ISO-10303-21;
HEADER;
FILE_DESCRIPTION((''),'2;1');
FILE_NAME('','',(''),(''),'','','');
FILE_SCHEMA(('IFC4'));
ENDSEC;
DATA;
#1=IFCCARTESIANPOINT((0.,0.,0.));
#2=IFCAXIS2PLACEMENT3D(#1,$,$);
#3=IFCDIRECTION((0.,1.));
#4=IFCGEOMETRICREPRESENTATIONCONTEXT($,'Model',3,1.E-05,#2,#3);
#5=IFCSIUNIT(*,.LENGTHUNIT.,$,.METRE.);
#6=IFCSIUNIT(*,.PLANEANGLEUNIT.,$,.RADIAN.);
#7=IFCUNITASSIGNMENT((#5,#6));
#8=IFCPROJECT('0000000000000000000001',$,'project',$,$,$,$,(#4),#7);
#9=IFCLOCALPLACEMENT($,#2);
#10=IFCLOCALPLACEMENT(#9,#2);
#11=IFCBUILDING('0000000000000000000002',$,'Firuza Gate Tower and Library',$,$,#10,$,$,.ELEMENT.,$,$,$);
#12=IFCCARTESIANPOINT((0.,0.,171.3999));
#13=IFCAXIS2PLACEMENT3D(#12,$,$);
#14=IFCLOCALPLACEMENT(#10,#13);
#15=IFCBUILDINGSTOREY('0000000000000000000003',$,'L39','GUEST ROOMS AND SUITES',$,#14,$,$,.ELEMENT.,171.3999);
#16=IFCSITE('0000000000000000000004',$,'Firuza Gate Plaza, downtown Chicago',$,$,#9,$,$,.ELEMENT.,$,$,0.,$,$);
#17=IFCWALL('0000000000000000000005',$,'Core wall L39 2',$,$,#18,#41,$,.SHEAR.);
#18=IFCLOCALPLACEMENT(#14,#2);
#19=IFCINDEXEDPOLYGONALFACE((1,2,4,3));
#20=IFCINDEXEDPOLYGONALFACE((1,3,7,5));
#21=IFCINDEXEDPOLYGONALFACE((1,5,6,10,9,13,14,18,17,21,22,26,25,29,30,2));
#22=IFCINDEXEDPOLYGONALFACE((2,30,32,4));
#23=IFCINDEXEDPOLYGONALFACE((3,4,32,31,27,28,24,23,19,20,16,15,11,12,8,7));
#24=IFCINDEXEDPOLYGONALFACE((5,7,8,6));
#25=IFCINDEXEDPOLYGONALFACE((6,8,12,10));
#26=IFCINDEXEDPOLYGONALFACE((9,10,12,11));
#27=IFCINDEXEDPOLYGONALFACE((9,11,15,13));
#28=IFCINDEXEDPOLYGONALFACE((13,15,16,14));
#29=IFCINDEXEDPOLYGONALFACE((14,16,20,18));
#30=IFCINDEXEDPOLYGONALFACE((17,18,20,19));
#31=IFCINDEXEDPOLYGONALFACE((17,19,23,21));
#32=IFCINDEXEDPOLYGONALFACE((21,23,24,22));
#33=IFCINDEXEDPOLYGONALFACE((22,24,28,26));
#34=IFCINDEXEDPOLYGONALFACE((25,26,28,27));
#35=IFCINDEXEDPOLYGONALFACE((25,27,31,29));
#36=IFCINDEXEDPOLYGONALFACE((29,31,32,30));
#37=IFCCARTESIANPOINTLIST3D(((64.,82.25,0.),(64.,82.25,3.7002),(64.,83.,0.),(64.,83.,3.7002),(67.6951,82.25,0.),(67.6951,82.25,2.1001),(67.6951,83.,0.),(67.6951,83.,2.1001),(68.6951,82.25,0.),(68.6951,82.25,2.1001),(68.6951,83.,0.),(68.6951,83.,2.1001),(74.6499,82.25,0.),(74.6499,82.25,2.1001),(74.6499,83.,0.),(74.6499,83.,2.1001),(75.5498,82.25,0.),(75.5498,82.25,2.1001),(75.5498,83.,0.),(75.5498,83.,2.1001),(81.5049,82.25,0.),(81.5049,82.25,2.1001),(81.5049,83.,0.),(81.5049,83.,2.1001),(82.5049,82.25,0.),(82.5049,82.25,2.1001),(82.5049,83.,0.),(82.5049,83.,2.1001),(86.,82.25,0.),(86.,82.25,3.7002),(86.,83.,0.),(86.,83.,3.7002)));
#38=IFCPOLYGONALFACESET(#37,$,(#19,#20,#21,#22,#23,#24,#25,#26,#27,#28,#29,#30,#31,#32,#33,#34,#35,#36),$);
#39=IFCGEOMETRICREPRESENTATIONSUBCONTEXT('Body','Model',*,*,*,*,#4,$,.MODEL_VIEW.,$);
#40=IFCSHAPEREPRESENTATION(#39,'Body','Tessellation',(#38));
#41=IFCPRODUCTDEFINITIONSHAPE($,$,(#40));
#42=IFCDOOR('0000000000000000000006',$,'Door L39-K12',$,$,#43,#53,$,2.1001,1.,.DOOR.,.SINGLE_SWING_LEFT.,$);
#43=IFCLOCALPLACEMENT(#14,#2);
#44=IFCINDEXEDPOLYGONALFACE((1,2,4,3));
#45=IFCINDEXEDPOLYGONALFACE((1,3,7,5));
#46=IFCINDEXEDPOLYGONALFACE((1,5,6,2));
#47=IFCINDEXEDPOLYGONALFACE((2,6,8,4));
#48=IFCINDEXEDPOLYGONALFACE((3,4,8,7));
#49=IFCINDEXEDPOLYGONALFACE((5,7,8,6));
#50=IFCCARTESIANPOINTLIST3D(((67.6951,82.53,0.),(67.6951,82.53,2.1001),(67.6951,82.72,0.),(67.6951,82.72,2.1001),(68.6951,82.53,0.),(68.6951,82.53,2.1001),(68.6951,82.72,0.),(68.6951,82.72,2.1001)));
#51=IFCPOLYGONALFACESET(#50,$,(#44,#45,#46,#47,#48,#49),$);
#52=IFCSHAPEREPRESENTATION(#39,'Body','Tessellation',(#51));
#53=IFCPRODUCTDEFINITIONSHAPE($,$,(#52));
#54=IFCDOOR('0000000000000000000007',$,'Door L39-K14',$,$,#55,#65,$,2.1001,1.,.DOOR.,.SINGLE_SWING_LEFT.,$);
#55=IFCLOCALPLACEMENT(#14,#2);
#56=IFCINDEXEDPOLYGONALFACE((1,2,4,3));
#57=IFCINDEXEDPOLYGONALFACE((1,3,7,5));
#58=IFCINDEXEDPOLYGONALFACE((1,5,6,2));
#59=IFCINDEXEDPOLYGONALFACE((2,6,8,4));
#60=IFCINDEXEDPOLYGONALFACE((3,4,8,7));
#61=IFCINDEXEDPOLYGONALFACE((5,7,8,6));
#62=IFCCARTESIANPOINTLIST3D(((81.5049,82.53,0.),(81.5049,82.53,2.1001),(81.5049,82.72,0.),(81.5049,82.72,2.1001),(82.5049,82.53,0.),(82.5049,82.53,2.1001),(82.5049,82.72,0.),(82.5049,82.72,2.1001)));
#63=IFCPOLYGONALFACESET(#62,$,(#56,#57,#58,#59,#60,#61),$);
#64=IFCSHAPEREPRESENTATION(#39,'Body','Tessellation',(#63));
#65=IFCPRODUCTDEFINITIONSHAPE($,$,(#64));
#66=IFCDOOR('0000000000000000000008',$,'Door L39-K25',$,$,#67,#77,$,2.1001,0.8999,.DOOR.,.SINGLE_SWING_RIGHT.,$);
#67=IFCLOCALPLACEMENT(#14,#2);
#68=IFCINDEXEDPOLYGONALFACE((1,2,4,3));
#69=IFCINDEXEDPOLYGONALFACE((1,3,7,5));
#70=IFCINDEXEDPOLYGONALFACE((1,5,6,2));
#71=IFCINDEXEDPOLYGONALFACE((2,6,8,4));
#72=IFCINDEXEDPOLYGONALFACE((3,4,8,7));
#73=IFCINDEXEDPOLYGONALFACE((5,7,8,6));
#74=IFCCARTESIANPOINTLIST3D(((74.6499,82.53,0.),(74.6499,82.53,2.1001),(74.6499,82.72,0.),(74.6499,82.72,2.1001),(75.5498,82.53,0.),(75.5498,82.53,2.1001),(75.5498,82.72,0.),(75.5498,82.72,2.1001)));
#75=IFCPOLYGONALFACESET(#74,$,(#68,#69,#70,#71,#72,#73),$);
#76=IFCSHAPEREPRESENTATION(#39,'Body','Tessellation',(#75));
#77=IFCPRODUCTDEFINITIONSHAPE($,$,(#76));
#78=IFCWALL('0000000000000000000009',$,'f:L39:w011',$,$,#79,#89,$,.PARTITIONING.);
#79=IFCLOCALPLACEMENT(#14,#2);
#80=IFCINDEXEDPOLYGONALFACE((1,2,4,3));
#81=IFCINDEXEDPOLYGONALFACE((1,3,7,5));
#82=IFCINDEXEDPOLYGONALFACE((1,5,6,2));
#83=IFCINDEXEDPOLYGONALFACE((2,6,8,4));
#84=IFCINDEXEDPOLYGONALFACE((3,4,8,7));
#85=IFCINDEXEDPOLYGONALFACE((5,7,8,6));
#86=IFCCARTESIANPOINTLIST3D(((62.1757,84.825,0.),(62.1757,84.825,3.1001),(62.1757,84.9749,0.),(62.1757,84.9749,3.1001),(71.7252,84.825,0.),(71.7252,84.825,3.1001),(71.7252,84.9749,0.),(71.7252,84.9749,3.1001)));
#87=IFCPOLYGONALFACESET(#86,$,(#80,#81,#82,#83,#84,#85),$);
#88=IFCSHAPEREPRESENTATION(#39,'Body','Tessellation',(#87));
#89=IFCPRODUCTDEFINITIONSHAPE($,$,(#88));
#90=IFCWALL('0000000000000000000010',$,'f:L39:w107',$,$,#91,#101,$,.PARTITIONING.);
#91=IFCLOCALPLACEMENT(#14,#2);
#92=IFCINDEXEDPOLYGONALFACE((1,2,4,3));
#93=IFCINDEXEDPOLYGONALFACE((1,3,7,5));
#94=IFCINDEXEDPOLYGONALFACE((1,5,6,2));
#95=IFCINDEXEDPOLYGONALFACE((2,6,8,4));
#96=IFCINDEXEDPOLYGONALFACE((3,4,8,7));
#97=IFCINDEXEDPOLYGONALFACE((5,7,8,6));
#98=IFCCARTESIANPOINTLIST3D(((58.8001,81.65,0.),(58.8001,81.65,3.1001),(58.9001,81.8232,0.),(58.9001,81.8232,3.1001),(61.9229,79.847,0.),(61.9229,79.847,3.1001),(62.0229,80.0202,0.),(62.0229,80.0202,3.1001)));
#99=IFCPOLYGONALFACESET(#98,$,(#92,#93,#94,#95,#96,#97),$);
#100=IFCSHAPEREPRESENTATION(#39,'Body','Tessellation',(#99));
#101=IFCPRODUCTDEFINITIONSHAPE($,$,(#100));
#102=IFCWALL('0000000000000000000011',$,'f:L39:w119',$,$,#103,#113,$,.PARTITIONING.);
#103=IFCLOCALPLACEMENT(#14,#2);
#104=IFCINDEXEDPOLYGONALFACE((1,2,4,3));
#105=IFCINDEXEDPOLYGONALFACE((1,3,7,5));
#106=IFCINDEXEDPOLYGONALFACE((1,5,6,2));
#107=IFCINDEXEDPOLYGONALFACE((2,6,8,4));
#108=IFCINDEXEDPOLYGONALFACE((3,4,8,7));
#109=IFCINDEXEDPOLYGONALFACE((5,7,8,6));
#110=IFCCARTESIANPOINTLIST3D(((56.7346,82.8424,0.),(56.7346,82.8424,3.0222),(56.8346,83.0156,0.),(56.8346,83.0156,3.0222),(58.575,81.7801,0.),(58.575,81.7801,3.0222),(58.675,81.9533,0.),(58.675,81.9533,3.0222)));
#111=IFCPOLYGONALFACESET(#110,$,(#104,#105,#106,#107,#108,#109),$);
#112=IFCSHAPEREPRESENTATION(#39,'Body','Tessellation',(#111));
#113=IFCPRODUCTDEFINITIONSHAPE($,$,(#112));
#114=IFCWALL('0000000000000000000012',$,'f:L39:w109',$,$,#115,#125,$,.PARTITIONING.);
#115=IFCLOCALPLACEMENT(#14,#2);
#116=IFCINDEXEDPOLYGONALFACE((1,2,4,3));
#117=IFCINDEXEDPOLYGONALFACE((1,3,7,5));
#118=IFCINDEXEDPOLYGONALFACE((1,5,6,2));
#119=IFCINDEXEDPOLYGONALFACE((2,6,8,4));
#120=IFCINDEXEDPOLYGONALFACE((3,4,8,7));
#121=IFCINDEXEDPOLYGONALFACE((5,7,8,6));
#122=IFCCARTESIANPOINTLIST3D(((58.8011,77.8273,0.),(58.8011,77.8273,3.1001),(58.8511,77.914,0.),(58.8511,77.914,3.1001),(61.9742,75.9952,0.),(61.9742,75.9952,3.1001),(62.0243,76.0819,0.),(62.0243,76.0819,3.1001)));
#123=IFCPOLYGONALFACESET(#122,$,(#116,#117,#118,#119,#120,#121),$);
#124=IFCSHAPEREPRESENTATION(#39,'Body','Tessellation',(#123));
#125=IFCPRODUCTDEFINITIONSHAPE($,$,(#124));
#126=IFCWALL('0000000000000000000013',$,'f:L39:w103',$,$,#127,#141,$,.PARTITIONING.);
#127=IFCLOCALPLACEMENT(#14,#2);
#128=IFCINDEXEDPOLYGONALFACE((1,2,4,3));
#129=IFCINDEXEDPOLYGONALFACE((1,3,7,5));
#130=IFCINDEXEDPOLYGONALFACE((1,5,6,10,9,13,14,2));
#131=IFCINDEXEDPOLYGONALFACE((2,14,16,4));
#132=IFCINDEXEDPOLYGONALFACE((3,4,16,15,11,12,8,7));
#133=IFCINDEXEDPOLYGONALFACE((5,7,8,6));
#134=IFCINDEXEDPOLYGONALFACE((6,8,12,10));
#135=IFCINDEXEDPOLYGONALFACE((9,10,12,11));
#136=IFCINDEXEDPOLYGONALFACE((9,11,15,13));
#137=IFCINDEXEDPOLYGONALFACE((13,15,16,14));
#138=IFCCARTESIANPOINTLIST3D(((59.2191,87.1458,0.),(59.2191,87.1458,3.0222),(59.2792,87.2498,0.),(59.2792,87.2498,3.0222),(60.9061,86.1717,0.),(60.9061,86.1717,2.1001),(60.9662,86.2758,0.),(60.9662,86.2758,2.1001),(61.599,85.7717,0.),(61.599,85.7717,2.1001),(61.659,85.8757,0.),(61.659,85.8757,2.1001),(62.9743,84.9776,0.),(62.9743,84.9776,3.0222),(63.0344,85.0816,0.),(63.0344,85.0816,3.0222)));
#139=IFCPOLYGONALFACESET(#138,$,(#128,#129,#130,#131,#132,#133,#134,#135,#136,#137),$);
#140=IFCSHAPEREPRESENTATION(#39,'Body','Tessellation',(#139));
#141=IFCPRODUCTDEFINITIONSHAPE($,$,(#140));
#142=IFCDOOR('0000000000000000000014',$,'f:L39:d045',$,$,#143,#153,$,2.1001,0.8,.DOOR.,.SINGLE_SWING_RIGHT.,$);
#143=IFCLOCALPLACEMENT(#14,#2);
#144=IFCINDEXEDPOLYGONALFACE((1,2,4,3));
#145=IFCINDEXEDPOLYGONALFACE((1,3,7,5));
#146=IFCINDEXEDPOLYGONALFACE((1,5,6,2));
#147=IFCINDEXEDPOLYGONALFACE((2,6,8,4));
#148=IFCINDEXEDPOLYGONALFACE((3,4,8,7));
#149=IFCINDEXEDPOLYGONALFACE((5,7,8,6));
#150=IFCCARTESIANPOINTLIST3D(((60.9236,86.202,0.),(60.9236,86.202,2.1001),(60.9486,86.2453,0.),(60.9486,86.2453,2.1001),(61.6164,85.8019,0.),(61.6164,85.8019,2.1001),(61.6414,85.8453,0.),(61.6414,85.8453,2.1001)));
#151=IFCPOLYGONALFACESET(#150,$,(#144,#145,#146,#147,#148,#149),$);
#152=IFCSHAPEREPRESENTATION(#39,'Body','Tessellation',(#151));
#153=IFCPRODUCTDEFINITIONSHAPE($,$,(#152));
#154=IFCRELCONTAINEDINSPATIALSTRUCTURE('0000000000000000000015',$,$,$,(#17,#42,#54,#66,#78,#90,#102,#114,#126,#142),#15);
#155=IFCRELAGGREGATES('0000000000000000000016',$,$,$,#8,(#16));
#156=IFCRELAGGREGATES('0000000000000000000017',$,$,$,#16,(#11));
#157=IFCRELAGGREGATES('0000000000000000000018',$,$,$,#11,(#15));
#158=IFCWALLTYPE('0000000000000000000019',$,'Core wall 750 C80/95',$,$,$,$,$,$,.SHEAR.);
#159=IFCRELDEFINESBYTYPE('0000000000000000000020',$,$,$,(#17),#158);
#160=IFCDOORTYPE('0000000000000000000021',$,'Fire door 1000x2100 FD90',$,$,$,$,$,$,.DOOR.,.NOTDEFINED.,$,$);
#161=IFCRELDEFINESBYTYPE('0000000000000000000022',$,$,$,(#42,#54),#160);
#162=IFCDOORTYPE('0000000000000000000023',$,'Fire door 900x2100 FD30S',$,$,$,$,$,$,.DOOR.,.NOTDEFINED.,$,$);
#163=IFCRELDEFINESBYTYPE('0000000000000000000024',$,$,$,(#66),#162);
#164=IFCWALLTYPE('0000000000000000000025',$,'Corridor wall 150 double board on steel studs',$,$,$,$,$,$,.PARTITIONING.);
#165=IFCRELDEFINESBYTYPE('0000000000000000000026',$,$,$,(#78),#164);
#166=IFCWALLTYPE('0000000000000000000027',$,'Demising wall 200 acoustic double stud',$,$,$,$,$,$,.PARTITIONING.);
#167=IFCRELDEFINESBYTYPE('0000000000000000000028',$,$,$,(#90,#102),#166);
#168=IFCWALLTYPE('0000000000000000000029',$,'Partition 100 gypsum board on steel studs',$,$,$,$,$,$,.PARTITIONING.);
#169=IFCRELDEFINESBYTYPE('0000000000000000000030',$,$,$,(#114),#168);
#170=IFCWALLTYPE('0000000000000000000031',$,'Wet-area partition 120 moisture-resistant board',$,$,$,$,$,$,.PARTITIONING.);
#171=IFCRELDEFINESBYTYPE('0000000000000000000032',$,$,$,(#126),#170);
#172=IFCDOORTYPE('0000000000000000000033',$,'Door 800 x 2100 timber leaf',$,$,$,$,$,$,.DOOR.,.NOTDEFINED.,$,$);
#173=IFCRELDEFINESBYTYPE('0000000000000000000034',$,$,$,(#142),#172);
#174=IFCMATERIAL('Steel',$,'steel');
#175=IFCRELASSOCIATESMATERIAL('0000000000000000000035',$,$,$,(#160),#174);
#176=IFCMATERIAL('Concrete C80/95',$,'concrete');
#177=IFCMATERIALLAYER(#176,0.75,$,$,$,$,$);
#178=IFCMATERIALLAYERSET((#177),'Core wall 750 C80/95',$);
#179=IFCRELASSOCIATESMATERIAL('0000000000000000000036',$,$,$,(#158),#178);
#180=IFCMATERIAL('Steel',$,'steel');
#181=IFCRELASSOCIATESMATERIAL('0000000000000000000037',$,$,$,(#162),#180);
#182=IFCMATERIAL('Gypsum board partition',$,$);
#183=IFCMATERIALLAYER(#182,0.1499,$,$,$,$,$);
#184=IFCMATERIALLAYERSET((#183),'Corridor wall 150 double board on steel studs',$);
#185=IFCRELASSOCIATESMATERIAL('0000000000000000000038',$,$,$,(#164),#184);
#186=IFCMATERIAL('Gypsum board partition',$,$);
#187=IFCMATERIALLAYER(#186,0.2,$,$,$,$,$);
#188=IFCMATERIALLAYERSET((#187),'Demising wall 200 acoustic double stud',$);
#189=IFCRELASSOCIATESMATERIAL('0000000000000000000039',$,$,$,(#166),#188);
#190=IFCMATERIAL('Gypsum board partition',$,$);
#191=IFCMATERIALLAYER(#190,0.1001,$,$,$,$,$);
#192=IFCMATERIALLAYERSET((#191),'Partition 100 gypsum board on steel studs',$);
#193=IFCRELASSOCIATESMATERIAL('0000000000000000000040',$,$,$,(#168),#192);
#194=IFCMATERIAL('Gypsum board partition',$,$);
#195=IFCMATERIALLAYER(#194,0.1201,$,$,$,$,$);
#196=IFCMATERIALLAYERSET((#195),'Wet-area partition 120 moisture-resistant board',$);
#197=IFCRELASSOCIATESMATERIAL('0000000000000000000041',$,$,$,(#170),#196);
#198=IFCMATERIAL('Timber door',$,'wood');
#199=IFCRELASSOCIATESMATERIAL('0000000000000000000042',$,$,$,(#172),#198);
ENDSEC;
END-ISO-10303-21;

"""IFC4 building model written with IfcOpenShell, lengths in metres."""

from ifc_helpers import new_model, si_unit, direction, frame, frame_2d, origin, place, context, subcontext, project, spatial, rectangle, extrude, material, layer, layer_set, type_object, element, fill, save


model = new_model("IFC4")

# Units and contexts
model_context = context("Model", 3, precision=1e-05, world=origin(), true_north=direction((0.0, 1.0)))
body_context = subcontext(model_context, "Body", "Model", "MODEL_VIEW")
ifc_project = project(units=[si_unit("LENGTHUNIT", "METRE"), si_unit("PLANEANGLEUNIT", "RADIAN")], contexts=[model_context])

# Site, building, storey
site_placement = place(None, origin())
site = spatial("IfcSite", under=ifc_project, at=site_placement, Name="Firuza Gate Plaza, downtown Chicago", CompositionType="ELEMENT", RefElevation=0.0)
building_placement = place(site_placement, origin())
building = spatial("IfcBuilding", under=site, at=building_placement, Name="Firuza Gate Tower and Library", CompositionType="ELEMENT")
storey_placement = place(building_placement, frame((0.0, 0.0, 171.3999)))
storey = spatial("IfcBuildingStorey", under=building, at=storey_placement, Name="L39", Description="GUEST ROOMS AND SUITES", CompositionType="ELEMENT", Elevation=171.3999)

# Shared definitions
ifc_material_1 = material(Name="Steel", Category="steel")
door_type_1 = type_object("IfcDoorType", Name="Fire door 1000x2100 FD90", OperationType="NOTDEFINED", PredefinedType="DOOR", material=ifc_material_1)

# Wall, openings, doors
ifc_material_2 = material(Name="Concrete C80/95", Category="concrete")
ifc_layer_1 = layer(ifc_material_2, 0.75)
ifc_layer_set_1 = layer_set([ifc_layer_1], Name="Core wall 750 C80/95")
wall_type_1 = type_object("IfcWallType", Name="Core wall 750 C80/95", PredefinedType="SHEAR", material=ifc_layer_set_1)
wall_1_placement = place(storey_placement, frame((64.0, 82.625, 0.0), z_axis=(0.0, 0.0, 1.0), x_axis=(1.0, 0.0, 0.0)))
wall_1 = element("IfcWall", 1, at=wall_1_placement, inside=storey, type_object=wall_type_1, Name="Core wall L39 2", PredefinedType="SHEAR", context=body_context, shape_type="SweptSolid", body=[
    extrude(rectangle(XDim=22.0, YDim=0.75, at=frame_2d((11.0, 0.0))), origin(), (0.0, 0.0, 1.0), 3.7002),
])
opening_1_placement = place(wall_1_placement, frame((3.6951, 0.0, 0.0)))
opening_1 = element("IfcOpeningElement", 2, at=opening_1_placement, cuts=wall_1, PredefinedType="OPENING", context=body_context, shape_type="SweptSolid", body=[
    extrude(rectangle(XDim=1.0, YDim=2.1001, at=frame_2d((0.5, 1.05))), frame((0.0, 0.385, 0.0), z_axis=(0.0, -1.0, 0.0), x_axis=(1.0, 0.0, 0.0)), (0.0, 0.0, 1.0), 0.77),
])
opening_2_placement = place(wall_1_placement, frame((17.5049, 0.0, 0.0)))
opening_2 = element("IfcOpeningElement", 3, at=opening_2_placement, cuts=wall_1, PredefinedType="OPENING", context=body_context, shape_type="SweptSolid", body=[
    extrude(rectangle(XDim=1.0, YDim=2.1001, at=frame_2d((0.5, 1.05))), frame((0.0, 0.385, 0.0), z_axis=(0.0, -1.0, 0.0), x_axis=(1.0, 0.0, 0.0)), (0.0, 0.0, 1.0), 0.77),
])
opening_3_placement = place(wall_1_placement, frame((10.6499, 0.0, 0.0)))
opening_3 = element("IfcOpeningElement", 4, at=opening_3_placement, cuts=wall_1, PredefinedType="OPENING", context=body_context, shape_type="SweptSolid", body=[
    extrude(rectangle(XDim=0.8999, YDim=2.1001, at=frame_2d((0.45, 1.05))), frame((0.0, 0.385, 0.0), z_axis=(0.0, -1.0, 0.0), x_axis=(1.0, 0.0, 0.0)), (0.0, 0.0, 1.0), 0.77),
])
door_1_placement = place(opening_1_placement, origin())
door_1 = element("IfcDoor", 5, at=door_1_placement, inside=storey, type_object=door_type_1, Name="Door L39-K12", OperationType="SINGLE_SWING_LEFT", OverallHeight=2.1001, OverallWidth=1.0, PredefinedType="DOOR", context=body_context, shape_type="SweptSolid", body=[
    extrude(rectangle(XDim=1.0, YDim=2.1001, at=frame_2d((0.5, 1.05))), frame((0.0, 0.095, 0.0), z_axis=(0.0, -1.0, 0.0), x_axis=(1.0, 0.0, 0.0)), (0.0, 0.0, 1.0), 0.1899),
])
fill(opening_1, door_1)
door_2_placement = place(opening_2_placement, origin())
door_2 = element("IfcDoor", 6, at=door_2_placement, inside=storey, type_object=door_type_1, Name="Door L39-K14", OperationType="SINGLE_SWING_LEFT", OverallHeight=2.1001, OverallWidth=1.0, PredefinedType="DOOR", context=body_context, shape_type="SweptSolid", body=[
    extrude(rectangle(XDim=1.0, YDim=2.1001, at=frame_2d((0.5, 1.05))), frame((0.0, 0.095, 0.0), z_axis=(0.0, -1.0, 0.0), x_axis=(1.0, 0.0, 0.0)), (0.0, 0.0, 1.0), 0.1899),
])
fill(opening_2, door_2)
ifc_material_3 = material(Name="Steel", Category="steel")
door_type_2 = type_object("IfcDoorType", Name="Fire door 900x2100 FD30S", OperationType="NOTDEFINED", PredefinedType="DOOR", material=ifc_material_3)
door_3_placement = place(opening_3_placement, origin())
door_3 = element("IfcDoor", 7, at=door_3_placement, inside=storey, type_object=door_type_2, Name="Door L39-K25", OperationType="SINGLE_SWING_RIGHT", OverallHeight=2.1001, OverallWidth=0.8999, PredefinedType="DOOR", context=body_context, shape_type="SweptSolid", body=[
    extrude(rectangle(XDim=0.8999, YDim=2.1001, at=frame_2d((0.45, 1.05))), frame((0.0, 0.095, 0.0), z_axis=(0.0, -1.0, 0.0), x_axis=(1.0, 0.0, 0.0)), (0.0, 0.0, 1.0), 0.1899),
])
fill(opening_3, door_3)

# Walls
ifc_material_4 = material(Name="Gypsum board partition")
ifc_layer_2 = layer(ifc_material_4, 0.1499)
ifc_layer_set_2 = layer_set([ifc_layer_2], Name="Corridor wall 150 double board on steel studs")
wall_type_2 = type_object("IfcWallType", Name="Corridor wall 150 double board on steel studs", PredefinedType="PARTITIONING", material=ifc_layer_set_2)
wall_2_placement = place(storey_placement, frame((62.1755, 84.8999, 0.0), z_axis=(0.0, 0.0, 1.0), x_axis=(1.0, 0.0, 0.0)))
element("IfcWall", 8, at=wall_2_placement, inside=storey, type_object=wall_type_2, Name="f:L39:w011", PredefinedType="PARTITIONING", context=body_context, shape_type="SweptSolid", body=[
    extrude(rectangle(XDim=9.5496, YDim=0.1499, at=frame_2d((4.7749, 0.0))), origin(), (0.0, 0.0, 1.0), 3.1001),
])
ifc_material_5 = material(Name="Gypsum board partition")
ifc_layer_3 = layer(ifc_material_5, 0.2)
ifc_layer_set_3 = layer_set([ifc_layer_3], Name="Demising wall 200 acoustic double stud")
wall_type_3 = type_object("IfcWallType", Name="Demising wall 200 acoustic double stud", PredefinedType="PARTITIONING", material=ifc_layer_set_3)
wall_3_placement = place(storey_placement, frame((61.9729, 79.9336, 0.0), z_axis=(0.0, 0.0, 1.0), x_axis=(-0.866022, 0.500006, 0.0)))
element("IfcWall", 9, at=wall_3_placement, inside=storey, type_object=wall_type_3, Name="f:L39:w107", PredefinedType="PARTITIONING", context=body_context, shape_type="SweptSolid", body=[
    extrude(rectangle(XDim=3.606, YDim=0.2, at=frame_2d((1.803, 0.0))), origin(), (0.0, 0.0, 1.0), 3.1001),
])
wall_4_placement = place(storey_placement, frame((58.625, 81.8667, 0.0), z_axis=(0.0, 0.0, 1.0), x_axis=(-0.866078, 0.499908, 0.0)))
element("IfcWall", 10, at=wall_4_placement, inside=storey, type_object=wall_type_3, Name="f:L39:w119", PredefinedType="PARTITIONING", context=body_context, shape_type="SweptSolid", body=[
    extrude(rectangle(XDim=2.125, YDim=0.2, at=frame_2d((1.0625, 0.0))), origin(), (0.0, 0.0, 1.0), 3.0222),
])
ifc_material_6 = material(Name="Gypsum board partition")
ifc_layer_4 = layer(ifc_material_6, 0.1001)
ifc_layer_set_4 = layer_set([ifc_layer_4], Name="Partition 100 gypsum board on steel studs")
wall_type_4 = type_object("IfcWallType", Name="Partition 100 gypsum board on steel studs", PredefinedType="PARTITIONING", material=ifc_layer_set_4)
wall_5_placement = place(storey_placement, frame((61.9993, 76.0386, 0.0), z_axis=(0.0, 0.0, 1.0), x_axis=(-0.86602, 0.500009, 0.0)))
element("IfcWall", 11, at=wall_5_placement, inside=storey, type_object=wall_type_4, Name="f:L39:w109", PredefinedType="PARTITIONING", context=body_context, shape_type="SweptSolid", body=[
    extrude(rectangle(XDim=3.6641, YDim=0.1001, at=frame_2d((1.832, 0.0))), origin(), (0.0, 0.0, 1.0), 3.1001),
])

# Wall, opening, door
ifc_material_7 = material(Name="Gypsum board partition")
ifc_layer_5 = layer(ifc_material_7, 0.1201)
ifc_layer_set_5 = layer_set([ifc_layer_5], Name="Wet-area partition 120 moisture-resistant board")
wall_type_5 = type_object("IfcWallType", Name="Wet-area partition 120 moisture-resistant board", PredefinedType="PARTITIONING", material=ifc_layer_set_5)
wall_6_placement = place(storey_placement, frame((59.2493, 87.1978, 0.0), z_axis=(0.0, 0.0, 1.0), x_axis=(0.866006, -0.500033, 0.0)))
wall_6 = element("IfcWall", 12, at=wall_6_placement, inside=storey, type_object=wall_type_5, Name="f:L39:w103", PredefinedType="PARTITIONING", context=body_context, shape_type="SweptSolid", body=[
    extrude(rectangle(XDim=4.3362, YDim=0.1201, at=frame_2d((2.168, 0.0))), origin(), (0.0, 0.0, 1.0), 3.0222),
])
opening_4_placement = place(wall_6_placement, frame((1.948, 0.0, 0.0)))
opening_4 = element("IfcOpeningElement", 13, at=opening_4_placement, cuts=wall_6, PredefinedType="OPENING", context=body_context, shape_type="SweptSolid", body=[
    extrude(rectangle(XDim=0.8, YDim=2.1001, at=frame_2d((0.3999, 1.05))), frame((0.0, 0.0701, 0.0), z_axis=(0.0, -1.0, 0.0), x_axis=(1.0, 0.0, 0.0)), (0.0, 0.0, 1.0), 0.1401),
])
ifc_material_8 = material(Name="Timber door", Category="wood")
door_type_3 = type_object("IfcDoorType", Name="Door 800 x 2100 timber leaf", OperationType="NOTDEFINED", PredefinedType="DOOR", material=ifc_material_8)
door_4_placement = place(opening_4_placement, origin())
door_4 = element("IfcDoor", 14, at=door_4_placement, inside=storey, type_object=door_type_3, Name="f:L39:d045", OperationType="SINGLE_SWING_RIGHT", OverallHeight=2.1001, OverallWidth=0.8, PredefinedType="DOOR", context=body_context, shape_type="SweptSolid", body=[
    extrude(rectangle(XDim=0.8, YDim=2.1001, at=frame_2d((0.3999, 1.05))), frame((0.0, 0.0249, 0.0), z_axis=(0.0, -1.0, 0.0), x_axis=(1.0, 0.0, 0.0)), (0.0, 0.0, 1.0), 0.05),
])
fill(opening_4, door_4)

save(model, "model.ifc")
